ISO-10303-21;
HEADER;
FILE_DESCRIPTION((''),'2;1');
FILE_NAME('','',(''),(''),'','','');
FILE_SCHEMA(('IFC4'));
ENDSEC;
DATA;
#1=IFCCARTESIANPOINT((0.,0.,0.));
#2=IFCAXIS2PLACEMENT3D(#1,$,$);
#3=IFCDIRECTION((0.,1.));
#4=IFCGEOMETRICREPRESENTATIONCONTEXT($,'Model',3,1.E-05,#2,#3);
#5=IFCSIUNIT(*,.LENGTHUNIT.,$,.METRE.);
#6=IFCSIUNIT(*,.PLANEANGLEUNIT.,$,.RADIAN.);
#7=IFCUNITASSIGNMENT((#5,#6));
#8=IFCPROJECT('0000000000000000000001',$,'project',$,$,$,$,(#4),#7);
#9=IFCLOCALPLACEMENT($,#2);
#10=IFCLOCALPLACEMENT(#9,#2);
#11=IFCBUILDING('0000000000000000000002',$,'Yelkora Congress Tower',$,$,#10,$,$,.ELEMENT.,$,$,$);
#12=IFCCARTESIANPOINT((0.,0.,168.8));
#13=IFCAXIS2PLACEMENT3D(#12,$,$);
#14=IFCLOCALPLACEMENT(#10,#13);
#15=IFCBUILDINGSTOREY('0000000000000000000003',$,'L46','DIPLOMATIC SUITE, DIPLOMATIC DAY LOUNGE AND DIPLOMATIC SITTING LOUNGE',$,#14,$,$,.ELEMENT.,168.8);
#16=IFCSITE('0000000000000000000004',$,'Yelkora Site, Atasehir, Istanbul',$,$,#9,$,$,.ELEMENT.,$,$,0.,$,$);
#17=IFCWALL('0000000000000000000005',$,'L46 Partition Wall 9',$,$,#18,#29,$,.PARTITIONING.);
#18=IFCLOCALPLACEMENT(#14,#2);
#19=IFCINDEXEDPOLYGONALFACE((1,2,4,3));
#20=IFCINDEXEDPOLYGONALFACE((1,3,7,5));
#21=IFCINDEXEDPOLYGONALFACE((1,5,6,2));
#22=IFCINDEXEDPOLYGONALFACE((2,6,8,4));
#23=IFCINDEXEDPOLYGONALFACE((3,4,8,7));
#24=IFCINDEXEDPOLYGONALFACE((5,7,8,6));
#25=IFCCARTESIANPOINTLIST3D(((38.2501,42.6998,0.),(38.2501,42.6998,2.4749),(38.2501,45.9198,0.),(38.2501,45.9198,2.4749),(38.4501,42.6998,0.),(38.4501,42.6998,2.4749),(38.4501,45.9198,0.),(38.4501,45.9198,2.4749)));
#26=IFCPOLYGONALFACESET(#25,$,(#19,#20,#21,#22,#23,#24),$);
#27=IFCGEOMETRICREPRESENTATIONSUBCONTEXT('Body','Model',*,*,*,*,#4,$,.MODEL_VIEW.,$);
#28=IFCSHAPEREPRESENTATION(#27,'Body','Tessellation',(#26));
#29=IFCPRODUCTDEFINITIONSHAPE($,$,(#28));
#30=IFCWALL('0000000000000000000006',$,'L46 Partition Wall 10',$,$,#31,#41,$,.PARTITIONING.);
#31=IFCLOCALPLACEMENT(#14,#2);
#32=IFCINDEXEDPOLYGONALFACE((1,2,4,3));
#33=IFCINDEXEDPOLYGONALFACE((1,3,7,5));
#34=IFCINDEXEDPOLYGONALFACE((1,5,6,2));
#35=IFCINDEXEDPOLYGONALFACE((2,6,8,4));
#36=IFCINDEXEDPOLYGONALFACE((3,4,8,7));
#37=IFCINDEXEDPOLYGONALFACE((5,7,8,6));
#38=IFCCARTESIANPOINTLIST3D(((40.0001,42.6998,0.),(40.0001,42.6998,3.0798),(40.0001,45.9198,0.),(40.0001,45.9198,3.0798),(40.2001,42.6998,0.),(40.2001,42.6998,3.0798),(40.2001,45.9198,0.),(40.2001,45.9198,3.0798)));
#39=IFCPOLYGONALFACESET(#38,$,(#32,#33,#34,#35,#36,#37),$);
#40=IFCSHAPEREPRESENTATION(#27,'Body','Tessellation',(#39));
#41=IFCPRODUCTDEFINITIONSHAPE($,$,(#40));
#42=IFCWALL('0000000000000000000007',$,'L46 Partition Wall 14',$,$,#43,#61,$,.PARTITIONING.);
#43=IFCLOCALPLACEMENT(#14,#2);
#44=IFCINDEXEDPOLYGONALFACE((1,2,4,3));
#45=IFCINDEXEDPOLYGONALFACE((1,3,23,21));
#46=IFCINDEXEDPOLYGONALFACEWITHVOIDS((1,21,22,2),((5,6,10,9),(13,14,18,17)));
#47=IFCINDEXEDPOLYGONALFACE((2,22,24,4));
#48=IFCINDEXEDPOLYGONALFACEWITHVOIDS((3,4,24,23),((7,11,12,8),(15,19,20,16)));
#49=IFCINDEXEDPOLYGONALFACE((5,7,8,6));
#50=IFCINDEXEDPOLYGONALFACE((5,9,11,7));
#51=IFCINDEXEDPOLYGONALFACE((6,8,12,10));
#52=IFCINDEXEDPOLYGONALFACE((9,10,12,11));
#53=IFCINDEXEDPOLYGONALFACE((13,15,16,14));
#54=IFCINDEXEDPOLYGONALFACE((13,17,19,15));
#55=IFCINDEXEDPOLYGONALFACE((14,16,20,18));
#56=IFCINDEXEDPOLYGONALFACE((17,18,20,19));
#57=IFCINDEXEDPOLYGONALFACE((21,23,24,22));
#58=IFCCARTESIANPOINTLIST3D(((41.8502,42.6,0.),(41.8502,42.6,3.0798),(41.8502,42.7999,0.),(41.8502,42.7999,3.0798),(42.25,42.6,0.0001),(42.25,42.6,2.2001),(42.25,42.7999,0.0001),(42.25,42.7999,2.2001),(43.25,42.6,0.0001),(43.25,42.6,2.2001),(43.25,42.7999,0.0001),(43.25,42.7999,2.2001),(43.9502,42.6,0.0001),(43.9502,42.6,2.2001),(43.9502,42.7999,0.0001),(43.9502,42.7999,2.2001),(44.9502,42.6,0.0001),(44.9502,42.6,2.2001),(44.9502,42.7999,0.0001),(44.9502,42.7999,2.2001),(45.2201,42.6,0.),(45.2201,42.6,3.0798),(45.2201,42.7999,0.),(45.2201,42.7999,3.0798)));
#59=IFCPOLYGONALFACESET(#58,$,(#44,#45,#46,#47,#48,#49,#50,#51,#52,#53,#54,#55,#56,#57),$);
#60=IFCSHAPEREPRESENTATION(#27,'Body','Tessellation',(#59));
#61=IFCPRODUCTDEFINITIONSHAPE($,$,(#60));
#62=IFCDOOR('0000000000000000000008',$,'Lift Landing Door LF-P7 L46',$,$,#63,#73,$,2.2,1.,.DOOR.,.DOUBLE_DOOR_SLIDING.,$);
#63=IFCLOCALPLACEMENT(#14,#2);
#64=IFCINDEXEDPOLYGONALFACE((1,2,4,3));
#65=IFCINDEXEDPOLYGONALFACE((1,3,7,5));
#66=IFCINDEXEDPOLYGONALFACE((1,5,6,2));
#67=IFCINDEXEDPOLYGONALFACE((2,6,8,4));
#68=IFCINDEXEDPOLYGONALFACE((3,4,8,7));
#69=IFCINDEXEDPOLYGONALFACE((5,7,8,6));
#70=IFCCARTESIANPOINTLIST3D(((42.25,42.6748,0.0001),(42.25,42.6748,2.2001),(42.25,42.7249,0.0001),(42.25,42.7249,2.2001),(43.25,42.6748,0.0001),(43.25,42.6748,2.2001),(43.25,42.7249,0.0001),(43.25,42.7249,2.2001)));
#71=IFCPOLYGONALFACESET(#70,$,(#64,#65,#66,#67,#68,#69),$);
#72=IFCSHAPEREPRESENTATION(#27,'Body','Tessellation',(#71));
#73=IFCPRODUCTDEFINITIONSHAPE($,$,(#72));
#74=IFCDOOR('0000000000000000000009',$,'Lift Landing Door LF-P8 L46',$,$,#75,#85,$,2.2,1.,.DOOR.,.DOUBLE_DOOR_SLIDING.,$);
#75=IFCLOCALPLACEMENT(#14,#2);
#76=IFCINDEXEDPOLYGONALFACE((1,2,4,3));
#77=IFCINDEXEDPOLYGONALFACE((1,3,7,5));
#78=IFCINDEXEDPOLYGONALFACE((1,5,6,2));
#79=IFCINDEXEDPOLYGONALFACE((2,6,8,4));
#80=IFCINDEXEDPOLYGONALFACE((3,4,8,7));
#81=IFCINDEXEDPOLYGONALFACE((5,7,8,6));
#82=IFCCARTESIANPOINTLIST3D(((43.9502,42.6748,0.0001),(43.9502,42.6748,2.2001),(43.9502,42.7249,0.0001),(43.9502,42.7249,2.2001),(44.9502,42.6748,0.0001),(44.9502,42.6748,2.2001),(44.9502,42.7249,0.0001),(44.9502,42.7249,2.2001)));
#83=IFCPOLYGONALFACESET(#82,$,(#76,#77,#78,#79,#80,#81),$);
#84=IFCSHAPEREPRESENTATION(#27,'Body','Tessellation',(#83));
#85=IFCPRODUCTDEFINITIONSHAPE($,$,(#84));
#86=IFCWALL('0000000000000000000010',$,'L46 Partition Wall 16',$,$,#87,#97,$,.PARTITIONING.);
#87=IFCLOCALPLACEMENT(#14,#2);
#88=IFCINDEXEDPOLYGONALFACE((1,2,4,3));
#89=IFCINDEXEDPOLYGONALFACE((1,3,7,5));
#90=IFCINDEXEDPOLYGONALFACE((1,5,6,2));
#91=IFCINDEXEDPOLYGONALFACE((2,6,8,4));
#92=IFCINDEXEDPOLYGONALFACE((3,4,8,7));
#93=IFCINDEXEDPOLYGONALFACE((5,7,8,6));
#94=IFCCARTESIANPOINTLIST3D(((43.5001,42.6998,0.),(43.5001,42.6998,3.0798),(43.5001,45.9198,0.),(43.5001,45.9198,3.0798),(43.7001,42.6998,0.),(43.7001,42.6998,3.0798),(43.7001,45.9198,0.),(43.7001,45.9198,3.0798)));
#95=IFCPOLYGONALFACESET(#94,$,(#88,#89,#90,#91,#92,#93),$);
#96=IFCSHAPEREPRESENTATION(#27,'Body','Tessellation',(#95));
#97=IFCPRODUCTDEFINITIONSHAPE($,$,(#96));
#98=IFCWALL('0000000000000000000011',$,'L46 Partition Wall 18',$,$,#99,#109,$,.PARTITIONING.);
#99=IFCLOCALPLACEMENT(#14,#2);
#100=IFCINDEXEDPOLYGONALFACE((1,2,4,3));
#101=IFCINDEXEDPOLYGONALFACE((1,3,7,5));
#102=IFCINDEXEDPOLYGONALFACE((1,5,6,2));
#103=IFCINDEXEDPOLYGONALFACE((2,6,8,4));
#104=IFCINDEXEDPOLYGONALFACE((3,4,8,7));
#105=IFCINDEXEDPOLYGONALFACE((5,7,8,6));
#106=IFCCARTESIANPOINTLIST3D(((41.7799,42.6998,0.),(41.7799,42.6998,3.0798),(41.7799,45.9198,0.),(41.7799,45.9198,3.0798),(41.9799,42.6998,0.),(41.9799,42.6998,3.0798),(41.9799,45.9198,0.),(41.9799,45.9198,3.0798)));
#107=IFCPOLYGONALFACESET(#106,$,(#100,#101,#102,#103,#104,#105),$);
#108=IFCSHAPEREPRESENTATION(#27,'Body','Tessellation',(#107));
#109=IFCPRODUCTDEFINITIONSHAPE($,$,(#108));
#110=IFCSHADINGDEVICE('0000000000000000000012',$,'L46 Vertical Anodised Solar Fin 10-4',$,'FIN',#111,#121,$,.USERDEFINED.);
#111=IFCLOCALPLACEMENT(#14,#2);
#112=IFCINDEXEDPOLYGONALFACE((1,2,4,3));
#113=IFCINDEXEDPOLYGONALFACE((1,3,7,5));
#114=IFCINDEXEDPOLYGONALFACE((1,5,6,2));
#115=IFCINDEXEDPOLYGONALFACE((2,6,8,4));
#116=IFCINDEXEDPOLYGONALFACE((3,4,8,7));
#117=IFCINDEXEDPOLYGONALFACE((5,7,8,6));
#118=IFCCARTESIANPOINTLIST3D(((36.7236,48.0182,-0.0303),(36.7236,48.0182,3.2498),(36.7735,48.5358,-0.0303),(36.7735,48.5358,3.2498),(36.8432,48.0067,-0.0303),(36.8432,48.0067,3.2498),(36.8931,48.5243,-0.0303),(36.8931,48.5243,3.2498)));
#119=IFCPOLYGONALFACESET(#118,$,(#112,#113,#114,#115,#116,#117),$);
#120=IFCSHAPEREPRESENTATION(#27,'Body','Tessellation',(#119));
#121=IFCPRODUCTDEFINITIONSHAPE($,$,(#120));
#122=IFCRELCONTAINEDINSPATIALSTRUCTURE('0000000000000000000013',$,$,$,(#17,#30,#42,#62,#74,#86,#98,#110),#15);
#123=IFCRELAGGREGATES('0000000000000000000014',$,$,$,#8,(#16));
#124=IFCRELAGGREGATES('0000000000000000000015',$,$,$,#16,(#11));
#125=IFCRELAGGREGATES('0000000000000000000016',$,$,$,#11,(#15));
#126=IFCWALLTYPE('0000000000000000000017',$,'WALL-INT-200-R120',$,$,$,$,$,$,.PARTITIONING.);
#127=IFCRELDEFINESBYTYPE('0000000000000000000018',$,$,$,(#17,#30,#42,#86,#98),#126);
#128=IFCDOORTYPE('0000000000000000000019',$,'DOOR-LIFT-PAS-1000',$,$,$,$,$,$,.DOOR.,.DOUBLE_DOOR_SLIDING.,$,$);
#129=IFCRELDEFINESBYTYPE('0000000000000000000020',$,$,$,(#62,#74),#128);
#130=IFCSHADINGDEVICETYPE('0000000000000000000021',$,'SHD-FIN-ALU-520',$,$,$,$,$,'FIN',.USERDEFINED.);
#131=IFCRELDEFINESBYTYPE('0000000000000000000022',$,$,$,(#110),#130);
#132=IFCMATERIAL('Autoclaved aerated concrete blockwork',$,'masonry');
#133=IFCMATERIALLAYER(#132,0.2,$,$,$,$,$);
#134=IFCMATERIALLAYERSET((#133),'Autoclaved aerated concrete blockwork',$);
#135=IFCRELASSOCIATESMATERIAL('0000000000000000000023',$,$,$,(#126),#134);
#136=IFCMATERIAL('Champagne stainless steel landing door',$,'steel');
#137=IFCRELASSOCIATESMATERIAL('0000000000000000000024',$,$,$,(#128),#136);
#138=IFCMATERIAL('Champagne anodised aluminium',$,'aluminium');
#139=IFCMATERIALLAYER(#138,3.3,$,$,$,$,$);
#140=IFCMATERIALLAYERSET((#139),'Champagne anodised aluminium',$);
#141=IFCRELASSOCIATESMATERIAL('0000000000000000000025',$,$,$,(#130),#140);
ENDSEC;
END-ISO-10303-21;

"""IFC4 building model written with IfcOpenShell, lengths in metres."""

from ifc_helpers import new_model, si_unit, direction, frame, frame_2d, origin, origin_2d, place, context, subcontext, project, spatial, rectangle, extrude, material, layer, layer_set, type_object, element, fill, save


model = new_model("IFC4")

# Units and contexts
model_context = context("Model", 3, precision=1e-05, world=origin(), true_north=direction((0.0, 1.0)))
body_context = subcontext(model_context, "Body", "Model", "MODEL_VIEW")
ifc_project = project(units=[si_unit("LENGTHUNIT", "METRE"), si_unit("PLANEANGLEUNIT", "RADIAN")], contexts=[model_context])

# Site, building, storey
site_placement = place(None, origin())
site = spatial("IfcSite", under=ifc_project, at=site_placement, Name="Yelkora Site, Atasehir, Istanbul", CompositionType="ELEMENT", RefElevation=0.0)
building_placement = place(site_placement, origin())
building = spatial("IfcBuilding", under=site, at=building_placement, Name="Yelkora Congress Tower", CompositionType="ELEMENT")
storey_placement = place(building_placement, frame((0.0, 0.0, 168.8)))
storey = spatial("IfcBuildingStorey", under=building, at=storey_placement, Name="L46", Description="DIPLOMATIC SUITE, DIPLOMATIC DAY LOUNGE AND DIPLOMATIC SITTING LOUNGE", CompositionType="ELEMENT", Elevation=168.8)

# Walls
ifc_material_1 = material(Name="Autoclaved aerated concrete blockwork", Category="masonry")
ifc_layer_1 = layer(ifc_material_1, 0.2)
ifc_layer_set_1 = layer_set([ifc_layer_1], Name="Autoclaved aerated concrete blockwork")
wall_type = type_object("IfcWallType", Name="WALL-INT-200-R120", PredefinedType="PARTITIONING", material=ifc_layer_set_1)
wall_1_placement = place(storey_placement, frame((38.3501, 42.7, 0.0), z_axis=(0.0, 0.0, 1.0), x_axis=(0.0, 1.0, 0.0)))
element("IfcWall", 1, at=wall_1_placement, inside=storey, type_object=wall_type, Name="L46 Partition Wall 9", PredefinedType="PARTITIONING", context=body_context, shape_type="SweptSolid", body=[
    extrude(rectangle(XDim=3.22, YDim=0.2, at=frame_2d((1.6099, 0.0))), origin(), (0.0, 0.0, 1.0), 2.4749),
])
wall_2_placement = place(storey_placement, frame((40.1001, 42.7, 0.0), z_axis=(0.0, 0.0, 1.0), x_axis=(0.0, 1.0, 0.0)))
element("IfcWall", 2, at=wall_2_placement, inside=storey, type_object=wall_type, Name="L46 Partition Wall 10", PredefinedType="PARTITIONING", context=body_context, shape_type="SweptSolid", body=[
    extrude(rectangle(XDim=3.22, YDim=0.2, at=frame_2d((1.6099, 0.0))), origin(), (0.0, 0.0, 1.0), 3.0798),
])

# Wall, openings, doors
wall_3_placement = place(storey_placement, frame((41.8501, 42.7, 0.0), z_axis=(0.0, 0.0, 1.0), x_axis=(1.0, 0.0, 0.0)))
wall_3 = element("IfcWall", 3, at=wall_3_placement, inside=storey, type_object=wall_type, Name="L46 Partition Wall 14", PredefinedType="PARTITIONING", context=body_context, shape_type="SweptSolid", body=[
    extrude(rectangle(XDim=3.3699, YDim=0.2, at=frame_2d((1.6851, 0.0))), origin(), (0.0, 0.0, 1.0), 3.0798),
])
opening_1_placement = place(wall_3_placement, frame((0.3999, 0.0, 0.0)))
opening_1 = element("IfcOpeningElement", 4, at=opening_1_placement, cuts=wall_3, PredefinedType="OPENING", context=body_context, shape_type="SweptSolid", body=[
    extrude(rectangle(XDim=1.0, YDim=2.2, at=frame_2d((0.5, 1.1001))), frame((0.0, 0.1099, 0.0), z_axis=(0.0, -1.0, 0.0), x_axis=(1.0, 0.0, 0.0)), (0.0, 0.0, 1.0), 0.22),
])
opening_2_placement = place(wall_3_placement, frame((2.1001, 0.0, 0.0)))
opening_2 = element("IfcOpeningElement", 5, at=opening_2_placement, cuts=wall_3, PredefinedType="OPENING", context=body_context, shape_type="SweptSolid", body=[
    extrude(rectangle(XDim=1.0, YDim=2.2, at=frame_2d((0.5, 1.1001))), frame((0.0, 0.1099, 0.0), z_axis=(0.0, -1.0, 0.0), x_axis=(1.0, 0.0, 0.0)), (0.0, 0.0, 1.0), 0.22),
])
ifc_material_2 = material(Name="Champagne stainless steel landing door", Category="steel")
door_type = type_object("IfcDoorType", Name="DOOR-LIFT-PAS-1000", OperationType="DOUBLE_DOOR_SLIDING", PredefinedType="DOOR", material=ifc_material_2)
door_1_placement = place(opening_1_placement, origin())
door_1 = element("IfcDoor", 6, at=door_1_placement, inside=storey, type_object=door_type, Name="Lift Landing Door LF-P7 L46", OperationType="DOUBLE_DOOR_SLIDING", OverallHeight=2.2, OverallWidth=1.0, PredefinedType="DOOR", context=body_context, shape_type="SweptSolid", body=[
    extrude(rectangle(XDim=1.0, YDim=2.2, at=frame_2d((0.5, 1.1001))), frame((0.0, 0.0249, 0.0), z_axis=(0.0, -1.0, 0.0), x_axis=(1.0, 0.0, 0.0)), (0.0, 0.0, 1.0), 0.05),
])
fill(opening_1, door_1)
door_2_placement = place(opening_2_placement, origin())
door_2 = element("IfcDoor", 7, at=door_2_placement, inside=storey, type_object=door_type, Name="Lift Landing Door LF-P8 L46", OperationType="DOUBLE_DOOR_SLIDING", OverallHeight=2.2, OverallWidth=1.0, PredefinedType="DOOR", context=body_context, shape_type="SweptSolid", body=[
    extrude(rectangle(XDim=1.0, YDim=2.2, at=frame_2d((0.5, 1.1001))), frame((0.0, 0.0249, 0.0), z_axis=(0.0, -1.0, 0.0), x_axis=(1.0, 0.0, 0.0)), (0.0, 0.0, 1.0), 0.05),
])
fill(opening_2, door_2)

# Walls
for number, where, z_axis, x_axis, name in (
    (8, (43.6001, 42.7, 0.0), (0.0, 0.0, 1.0), (0.0, 1.0, 0.0), "L46 Partition Wall 16"),
    (9, (41.8799, 42.7, 0.0), (0.0, 0.0, 1.0), (0.0, 1.0, 0.0), "L46 Partition Wall 18"),
):
    element("IfcWall", number, at=place(storey_placement, frame(where, z_axis=z_axis, x_axis=x_axis)), inside=storey, type_object=wall_type, Name=name, PredefinedType="PARTITIONING", context=body_context, shape_type="SweptSolid", body=[
        extrude(rectangle(XDim=3.22, YDim=0.2, at=frame_2d((1.6099, 0.0))), origin(), (0.0, 0.0, 1.0), 3.0798),
    ])

# Shading device
ifc_material_3 = material(Name="Champagne anodised aluminium", Category="aluminium")
ifc_layer_2 = layer(ifc_material_3, 3.3)
ifc_layer_set_2 = layer_set([ifc_layer_2], Name="Champagne anodised aluminium")
shading_device_type = type_object("IfcShadingDeviceType", Name="SHD-FIN-ALU-520", ElementType="FIN", PredefinedType="USERDEFINED", material=ifc_layer_set_2)
shading_device_placement = place(storey_placement, frame((36.8083, 48.2712, -0.0303), z_axis=(0.0, 0.0, 1.0), x_axis=(0.995396, -0.095846, 0.0)))
element("IfcShadingDevice", 10, at=shading_device_placement, inside=storey, type_object=shading_device_type, Name="L46 Vertical Anodised Solar Fin 10-4", ObjectType="FIN", PredefinedType="USERDEFINED", context=body_context, shape_type="SweptSolid", body=[
    extrude(rectangle(XDim=0.1201, YDim=0.52, at=origin_2d()), origin(), (0.0, 0.0, 1.0), 3.28),
])

save(model, "model.ifc")
